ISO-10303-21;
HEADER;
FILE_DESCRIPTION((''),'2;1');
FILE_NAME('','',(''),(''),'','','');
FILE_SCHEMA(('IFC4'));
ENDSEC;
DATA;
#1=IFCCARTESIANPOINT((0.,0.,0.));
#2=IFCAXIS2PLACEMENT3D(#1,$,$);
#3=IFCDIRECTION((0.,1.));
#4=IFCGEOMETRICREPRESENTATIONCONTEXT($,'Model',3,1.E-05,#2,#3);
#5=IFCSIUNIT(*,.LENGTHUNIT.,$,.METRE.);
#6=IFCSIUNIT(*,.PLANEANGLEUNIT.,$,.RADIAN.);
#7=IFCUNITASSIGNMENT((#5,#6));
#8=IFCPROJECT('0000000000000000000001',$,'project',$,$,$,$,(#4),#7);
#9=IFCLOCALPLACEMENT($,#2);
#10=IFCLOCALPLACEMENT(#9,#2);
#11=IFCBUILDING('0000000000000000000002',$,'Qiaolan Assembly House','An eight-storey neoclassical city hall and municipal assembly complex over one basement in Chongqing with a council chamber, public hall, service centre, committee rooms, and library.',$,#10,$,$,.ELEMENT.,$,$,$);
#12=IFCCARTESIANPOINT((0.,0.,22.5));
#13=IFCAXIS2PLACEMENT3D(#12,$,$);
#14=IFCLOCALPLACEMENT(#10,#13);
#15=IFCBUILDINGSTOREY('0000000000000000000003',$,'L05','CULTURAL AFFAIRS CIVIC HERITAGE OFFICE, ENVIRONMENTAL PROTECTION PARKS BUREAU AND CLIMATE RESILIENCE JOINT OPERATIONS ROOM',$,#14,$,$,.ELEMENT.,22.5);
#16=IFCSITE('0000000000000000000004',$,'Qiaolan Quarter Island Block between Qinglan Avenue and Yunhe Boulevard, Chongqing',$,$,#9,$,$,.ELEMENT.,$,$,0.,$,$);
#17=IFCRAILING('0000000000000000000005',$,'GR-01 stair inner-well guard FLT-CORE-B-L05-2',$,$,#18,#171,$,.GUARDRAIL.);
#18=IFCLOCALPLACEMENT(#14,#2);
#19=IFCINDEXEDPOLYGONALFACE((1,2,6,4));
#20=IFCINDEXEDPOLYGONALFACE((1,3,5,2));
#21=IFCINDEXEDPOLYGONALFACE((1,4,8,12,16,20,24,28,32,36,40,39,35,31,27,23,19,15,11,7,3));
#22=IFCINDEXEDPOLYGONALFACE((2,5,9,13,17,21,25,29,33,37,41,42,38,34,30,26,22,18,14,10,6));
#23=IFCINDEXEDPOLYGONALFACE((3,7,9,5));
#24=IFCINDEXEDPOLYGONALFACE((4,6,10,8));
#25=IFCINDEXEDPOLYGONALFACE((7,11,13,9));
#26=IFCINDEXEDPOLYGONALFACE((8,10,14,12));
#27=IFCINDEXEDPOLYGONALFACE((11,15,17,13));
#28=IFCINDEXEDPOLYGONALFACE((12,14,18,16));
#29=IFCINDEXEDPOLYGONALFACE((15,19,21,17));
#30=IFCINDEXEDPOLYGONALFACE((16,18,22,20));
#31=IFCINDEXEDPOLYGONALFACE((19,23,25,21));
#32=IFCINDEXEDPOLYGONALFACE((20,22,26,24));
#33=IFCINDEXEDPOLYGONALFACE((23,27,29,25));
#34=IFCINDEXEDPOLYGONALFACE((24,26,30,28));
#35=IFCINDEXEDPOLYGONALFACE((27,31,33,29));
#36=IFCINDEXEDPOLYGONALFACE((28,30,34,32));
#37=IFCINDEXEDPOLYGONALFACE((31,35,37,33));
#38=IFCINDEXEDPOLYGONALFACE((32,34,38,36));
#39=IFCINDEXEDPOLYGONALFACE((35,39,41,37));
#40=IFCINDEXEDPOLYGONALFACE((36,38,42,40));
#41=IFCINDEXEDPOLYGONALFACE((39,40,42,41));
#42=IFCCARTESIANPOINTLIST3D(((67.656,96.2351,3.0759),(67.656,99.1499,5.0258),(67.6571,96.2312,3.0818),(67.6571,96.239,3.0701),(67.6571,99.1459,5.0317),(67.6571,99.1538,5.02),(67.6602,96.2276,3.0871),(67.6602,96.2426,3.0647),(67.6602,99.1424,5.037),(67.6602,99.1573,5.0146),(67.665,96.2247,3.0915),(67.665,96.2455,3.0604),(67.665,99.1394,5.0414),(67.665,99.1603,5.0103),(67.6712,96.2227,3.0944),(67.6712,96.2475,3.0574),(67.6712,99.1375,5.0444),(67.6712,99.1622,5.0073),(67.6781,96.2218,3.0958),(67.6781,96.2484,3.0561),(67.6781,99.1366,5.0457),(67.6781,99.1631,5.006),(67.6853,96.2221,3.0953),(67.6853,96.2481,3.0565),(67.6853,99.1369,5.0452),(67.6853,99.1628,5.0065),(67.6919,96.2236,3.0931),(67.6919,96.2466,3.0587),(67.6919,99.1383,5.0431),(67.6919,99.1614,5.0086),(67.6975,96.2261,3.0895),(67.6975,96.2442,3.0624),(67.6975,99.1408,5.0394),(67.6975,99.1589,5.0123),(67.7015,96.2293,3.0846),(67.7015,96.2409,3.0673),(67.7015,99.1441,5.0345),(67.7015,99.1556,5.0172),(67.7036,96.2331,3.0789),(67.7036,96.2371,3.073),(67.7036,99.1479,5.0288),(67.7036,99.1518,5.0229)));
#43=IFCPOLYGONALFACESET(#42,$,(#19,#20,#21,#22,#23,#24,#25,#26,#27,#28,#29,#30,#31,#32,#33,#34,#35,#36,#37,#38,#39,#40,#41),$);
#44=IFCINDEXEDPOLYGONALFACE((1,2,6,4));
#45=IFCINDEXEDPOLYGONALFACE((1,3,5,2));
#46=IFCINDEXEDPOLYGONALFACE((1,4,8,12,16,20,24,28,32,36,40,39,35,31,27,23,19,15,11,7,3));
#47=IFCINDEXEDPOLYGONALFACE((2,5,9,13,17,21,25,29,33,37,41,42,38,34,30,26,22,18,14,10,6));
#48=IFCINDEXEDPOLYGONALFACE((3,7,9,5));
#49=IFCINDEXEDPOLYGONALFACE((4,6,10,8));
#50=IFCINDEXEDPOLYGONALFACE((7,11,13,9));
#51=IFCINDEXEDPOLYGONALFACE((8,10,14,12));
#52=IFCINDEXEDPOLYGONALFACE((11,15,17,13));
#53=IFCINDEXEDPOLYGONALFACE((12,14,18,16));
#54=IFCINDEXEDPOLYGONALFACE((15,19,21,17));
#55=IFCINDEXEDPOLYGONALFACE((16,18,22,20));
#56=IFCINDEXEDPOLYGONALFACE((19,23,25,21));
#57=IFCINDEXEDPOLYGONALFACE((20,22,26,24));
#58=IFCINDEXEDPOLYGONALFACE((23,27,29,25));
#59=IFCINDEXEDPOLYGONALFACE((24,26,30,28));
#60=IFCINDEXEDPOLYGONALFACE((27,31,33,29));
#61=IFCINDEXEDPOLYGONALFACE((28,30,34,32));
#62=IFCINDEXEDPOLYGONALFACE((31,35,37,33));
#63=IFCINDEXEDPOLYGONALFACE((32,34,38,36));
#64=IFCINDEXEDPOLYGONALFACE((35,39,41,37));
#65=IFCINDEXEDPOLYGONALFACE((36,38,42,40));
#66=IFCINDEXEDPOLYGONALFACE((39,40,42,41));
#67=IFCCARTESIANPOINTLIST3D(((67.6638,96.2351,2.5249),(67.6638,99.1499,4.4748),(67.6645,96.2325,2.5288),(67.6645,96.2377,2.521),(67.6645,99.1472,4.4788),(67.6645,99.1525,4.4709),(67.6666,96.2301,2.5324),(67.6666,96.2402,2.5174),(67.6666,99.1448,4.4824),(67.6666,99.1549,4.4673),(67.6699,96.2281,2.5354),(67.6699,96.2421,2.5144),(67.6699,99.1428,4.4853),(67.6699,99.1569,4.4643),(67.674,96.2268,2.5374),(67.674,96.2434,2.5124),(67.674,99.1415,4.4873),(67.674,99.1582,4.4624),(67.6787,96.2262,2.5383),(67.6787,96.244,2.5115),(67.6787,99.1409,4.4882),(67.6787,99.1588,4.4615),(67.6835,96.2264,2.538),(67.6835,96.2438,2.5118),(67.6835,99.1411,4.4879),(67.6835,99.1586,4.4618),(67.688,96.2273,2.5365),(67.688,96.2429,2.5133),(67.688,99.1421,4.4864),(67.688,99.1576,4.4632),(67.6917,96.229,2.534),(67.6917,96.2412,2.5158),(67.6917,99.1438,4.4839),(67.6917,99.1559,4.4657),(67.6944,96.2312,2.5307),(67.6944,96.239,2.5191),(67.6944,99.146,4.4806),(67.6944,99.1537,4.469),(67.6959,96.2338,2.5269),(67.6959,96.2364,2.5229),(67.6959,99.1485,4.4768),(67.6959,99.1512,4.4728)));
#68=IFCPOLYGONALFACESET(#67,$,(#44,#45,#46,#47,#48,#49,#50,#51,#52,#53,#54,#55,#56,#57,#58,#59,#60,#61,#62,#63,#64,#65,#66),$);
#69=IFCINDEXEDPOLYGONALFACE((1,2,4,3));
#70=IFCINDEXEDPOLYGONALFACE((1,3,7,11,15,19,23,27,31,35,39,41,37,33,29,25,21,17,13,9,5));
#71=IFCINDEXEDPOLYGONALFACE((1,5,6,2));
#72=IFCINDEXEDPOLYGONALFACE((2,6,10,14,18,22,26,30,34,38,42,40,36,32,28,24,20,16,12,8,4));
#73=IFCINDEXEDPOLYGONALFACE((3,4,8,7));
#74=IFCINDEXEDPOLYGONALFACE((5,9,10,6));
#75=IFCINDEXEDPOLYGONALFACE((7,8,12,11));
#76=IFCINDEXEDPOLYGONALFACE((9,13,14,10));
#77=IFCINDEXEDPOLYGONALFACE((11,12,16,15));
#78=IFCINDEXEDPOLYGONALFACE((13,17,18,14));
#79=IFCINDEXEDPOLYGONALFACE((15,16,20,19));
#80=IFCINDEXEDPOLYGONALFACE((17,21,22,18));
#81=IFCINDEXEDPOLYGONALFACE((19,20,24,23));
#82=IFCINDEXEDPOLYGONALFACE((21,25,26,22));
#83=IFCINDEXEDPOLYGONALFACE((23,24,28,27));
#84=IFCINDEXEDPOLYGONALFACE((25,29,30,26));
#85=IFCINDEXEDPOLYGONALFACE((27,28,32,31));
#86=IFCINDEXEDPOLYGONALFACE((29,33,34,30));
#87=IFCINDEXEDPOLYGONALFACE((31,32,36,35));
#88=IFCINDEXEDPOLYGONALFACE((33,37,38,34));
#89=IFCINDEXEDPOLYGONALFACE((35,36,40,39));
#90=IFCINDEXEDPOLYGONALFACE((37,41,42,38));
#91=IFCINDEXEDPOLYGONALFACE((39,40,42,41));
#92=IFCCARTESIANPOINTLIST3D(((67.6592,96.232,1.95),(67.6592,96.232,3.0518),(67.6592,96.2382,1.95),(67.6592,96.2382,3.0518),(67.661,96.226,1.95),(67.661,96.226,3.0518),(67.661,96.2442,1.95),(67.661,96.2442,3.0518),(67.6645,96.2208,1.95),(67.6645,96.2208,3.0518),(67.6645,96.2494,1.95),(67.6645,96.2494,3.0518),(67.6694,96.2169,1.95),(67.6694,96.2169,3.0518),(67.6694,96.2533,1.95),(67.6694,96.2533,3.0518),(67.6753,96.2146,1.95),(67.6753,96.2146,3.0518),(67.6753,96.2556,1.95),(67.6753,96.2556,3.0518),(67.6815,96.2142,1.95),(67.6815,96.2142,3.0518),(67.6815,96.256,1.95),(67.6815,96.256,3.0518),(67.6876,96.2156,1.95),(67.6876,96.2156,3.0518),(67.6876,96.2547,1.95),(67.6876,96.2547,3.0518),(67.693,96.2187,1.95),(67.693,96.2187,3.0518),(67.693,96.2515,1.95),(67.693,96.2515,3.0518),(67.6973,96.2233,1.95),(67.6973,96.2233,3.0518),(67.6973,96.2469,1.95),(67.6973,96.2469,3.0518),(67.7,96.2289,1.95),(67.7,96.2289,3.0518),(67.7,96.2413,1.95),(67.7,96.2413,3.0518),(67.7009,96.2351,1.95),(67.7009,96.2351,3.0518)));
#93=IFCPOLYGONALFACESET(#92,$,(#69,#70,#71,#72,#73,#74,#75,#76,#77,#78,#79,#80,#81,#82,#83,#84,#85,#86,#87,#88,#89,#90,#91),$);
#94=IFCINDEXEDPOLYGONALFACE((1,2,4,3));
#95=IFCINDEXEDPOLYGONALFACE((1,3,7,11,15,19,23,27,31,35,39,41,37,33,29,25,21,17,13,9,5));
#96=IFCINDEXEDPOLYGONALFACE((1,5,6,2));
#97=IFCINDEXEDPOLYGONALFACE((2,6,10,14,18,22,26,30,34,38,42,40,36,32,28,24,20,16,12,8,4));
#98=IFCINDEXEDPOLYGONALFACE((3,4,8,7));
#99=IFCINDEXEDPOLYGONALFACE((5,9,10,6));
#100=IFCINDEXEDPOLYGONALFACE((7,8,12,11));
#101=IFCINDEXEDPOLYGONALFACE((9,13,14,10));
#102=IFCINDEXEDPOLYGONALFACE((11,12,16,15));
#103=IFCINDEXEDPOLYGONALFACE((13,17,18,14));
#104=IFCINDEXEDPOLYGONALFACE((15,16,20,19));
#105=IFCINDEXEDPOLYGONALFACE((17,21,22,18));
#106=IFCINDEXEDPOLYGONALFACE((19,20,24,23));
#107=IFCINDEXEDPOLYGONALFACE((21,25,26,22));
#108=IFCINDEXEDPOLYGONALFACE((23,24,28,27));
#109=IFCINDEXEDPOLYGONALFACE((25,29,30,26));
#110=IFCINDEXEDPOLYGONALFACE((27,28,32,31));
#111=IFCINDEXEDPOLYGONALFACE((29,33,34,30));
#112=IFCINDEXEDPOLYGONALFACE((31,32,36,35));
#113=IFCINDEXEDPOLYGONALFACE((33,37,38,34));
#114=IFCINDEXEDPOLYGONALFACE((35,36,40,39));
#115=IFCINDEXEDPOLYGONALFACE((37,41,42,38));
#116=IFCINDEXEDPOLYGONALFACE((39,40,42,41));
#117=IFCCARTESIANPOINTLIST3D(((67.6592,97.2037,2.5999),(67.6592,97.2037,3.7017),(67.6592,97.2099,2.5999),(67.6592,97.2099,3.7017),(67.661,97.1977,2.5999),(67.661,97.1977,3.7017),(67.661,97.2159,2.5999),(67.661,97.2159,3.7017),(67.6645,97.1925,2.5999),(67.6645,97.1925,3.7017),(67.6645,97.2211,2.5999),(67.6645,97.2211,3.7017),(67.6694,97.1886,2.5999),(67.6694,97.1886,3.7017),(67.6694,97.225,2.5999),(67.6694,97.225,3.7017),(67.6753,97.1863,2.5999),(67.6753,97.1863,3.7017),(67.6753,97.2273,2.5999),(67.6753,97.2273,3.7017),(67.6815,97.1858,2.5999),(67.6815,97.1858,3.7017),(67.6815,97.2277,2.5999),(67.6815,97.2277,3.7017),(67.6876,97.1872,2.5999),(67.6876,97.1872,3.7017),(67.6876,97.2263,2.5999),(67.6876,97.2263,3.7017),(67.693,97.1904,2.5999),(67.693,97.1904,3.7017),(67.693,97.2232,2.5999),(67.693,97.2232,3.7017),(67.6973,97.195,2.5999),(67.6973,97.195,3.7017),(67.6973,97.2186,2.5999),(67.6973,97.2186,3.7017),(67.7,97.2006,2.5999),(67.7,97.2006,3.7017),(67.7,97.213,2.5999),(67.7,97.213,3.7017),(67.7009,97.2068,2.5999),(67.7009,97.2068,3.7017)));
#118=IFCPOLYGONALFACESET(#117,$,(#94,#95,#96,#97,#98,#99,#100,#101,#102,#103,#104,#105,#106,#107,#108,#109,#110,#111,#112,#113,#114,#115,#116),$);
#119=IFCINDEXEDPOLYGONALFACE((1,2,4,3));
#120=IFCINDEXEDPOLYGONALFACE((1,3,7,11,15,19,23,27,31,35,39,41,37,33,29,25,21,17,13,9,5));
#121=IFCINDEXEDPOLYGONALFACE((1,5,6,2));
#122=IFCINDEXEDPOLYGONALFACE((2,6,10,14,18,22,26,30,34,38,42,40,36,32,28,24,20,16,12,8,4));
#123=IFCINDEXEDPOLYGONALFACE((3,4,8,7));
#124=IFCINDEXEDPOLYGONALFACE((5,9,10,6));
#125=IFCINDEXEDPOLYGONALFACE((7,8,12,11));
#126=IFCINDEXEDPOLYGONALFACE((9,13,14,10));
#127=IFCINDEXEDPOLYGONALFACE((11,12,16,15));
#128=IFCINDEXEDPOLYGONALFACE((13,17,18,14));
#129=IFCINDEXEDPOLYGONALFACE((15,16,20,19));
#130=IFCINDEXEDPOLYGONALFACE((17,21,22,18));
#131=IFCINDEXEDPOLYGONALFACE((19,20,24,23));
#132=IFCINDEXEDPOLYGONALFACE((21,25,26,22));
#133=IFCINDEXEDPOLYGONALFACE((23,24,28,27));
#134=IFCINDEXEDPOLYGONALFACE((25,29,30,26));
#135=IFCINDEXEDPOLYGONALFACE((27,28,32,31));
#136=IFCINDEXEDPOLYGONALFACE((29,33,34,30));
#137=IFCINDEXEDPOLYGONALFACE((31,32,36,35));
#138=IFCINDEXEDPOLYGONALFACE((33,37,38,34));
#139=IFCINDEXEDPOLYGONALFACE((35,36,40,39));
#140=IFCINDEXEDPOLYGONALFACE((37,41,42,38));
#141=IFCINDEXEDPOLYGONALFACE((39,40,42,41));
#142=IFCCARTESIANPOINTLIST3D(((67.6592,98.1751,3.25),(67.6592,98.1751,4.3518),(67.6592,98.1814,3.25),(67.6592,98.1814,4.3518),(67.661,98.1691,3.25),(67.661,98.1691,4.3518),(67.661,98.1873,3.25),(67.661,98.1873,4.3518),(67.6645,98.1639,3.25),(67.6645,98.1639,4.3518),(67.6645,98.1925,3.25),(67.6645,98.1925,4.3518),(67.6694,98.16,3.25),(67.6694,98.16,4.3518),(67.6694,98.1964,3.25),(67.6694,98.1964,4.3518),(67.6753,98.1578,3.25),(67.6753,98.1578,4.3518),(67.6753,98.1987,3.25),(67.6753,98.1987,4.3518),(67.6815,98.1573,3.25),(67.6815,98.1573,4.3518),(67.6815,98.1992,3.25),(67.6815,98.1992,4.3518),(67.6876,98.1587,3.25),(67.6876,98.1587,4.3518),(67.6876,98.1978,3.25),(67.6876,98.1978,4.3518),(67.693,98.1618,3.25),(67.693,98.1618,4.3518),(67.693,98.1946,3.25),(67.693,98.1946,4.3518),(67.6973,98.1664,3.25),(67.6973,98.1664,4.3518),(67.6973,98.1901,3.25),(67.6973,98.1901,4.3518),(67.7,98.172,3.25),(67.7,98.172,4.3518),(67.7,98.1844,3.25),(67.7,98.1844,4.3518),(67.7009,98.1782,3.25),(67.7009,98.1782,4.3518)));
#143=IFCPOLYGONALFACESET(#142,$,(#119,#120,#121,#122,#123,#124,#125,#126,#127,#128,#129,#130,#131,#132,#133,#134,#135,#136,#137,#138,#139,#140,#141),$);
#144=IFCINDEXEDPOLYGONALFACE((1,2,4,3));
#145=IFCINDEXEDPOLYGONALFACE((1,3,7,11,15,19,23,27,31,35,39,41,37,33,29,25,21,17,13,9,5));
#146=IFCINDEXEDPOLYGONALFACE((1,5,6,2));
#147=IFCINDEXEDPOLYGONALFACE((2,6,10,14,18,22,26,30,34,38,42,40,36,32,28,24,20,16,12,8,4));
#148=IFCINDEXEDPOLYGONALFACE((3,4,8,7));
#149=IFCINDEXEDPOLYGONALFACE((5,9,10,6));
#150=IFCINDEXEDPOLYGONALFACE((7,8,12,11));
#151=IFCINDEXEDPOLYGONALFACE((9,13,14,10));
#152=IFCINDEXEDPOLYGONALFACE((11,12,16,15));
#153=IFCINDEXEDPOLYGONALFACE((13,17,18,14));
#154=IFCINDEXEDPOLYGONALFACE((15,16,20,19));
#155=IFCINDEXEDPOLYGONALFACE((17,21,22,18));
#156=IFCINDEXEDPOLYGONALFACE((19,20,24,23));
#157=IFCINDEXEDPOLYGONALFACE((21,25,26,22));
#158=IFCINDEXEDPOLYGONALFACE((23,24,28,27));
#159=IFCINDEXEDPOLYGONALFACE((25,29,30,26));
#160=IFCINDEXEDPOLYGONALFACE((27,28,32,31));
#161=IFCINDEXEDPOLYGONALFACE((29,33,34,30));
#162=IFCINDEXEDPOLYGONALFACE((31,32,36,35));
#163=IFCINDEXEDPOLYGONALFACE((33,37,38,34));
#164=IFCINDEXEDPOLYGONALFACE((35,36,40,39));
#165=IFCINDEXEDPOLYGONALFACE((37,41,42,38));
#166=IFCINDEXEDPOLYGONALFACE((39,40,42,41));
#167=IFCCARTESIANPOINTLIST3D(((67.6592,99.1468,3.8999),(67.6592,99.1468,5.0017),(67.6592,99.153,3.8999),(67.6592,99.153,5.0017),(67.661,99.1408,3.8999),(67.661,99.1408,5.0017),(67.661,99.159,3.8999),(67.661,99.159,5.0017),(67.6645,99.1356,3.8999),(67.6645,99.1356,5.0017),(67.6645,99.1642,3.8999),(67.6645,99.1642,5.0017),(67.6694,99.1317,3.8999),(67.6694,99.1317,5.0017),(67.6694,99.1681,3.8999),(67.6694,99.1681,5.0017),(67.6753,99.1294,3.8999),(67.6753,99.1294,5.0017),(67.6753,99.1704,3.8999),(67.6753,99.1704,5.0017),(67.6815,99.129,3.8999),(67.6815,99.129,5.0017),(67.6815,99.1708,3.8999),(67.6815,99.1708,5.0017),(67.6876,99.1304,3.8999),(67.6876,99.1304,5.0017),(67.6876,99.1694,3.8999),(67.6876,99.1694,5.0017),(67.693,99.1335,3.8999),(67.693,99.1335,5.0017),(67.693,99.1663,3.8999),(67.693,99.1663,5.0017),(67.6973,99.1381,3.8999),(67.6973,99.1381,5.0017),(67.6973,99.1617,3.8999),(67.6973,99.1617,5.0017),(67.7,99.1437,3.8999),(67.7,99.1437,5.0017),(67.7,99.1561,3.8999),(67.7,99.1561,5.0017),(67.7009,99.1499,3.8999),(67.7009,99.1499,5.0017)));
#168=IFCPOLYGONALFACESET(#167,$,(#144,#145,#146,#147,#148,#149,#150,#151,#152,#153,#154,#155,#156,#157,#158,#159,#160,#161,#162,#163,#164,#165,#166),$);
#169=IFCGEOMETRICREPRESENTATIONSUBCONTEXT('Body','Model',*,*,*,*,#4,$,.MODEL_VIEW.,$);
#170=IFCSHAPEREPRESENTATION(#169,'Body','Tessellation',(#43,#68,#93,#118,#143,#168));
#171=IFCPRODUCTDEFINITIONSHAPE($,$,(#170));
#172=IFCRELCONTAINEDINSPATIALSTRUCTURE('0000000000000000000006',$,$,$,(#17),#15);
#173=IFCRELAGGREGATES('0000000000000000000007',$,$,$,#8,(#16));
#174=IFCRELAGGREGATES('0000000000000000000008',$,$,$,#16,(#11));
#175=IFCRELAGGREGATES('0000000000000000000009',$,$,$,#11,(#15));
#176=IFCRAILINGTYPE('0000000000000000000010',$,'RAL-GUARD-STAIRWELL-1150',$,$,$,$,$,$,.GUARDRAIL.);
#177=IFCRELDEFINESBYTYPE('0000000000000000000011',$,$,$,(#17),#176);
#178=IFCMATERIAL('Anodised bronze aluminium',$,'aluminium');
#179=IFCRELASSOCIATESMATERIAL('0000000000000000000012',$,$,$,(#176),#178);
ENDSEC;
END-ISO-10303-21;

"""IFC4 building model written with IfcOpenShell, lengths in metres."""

from ifc_helpers import new_model, si_unit, direction, frame, origin, origin_2d, place, context, subcontext, project, spatial, circle, extrude, material, type_object, element, save


model = new_model("IFC4")

# Units and contexts
model_context = context("Model", 3, precision=1e-05, world=origin(), true_north=direction((0.0, 1.0)))
body_context = subcontext(model_context, "Body", "Model", "MODEL_VIEW")
ifc_project = project(units=[si_unit("LENGTHUNIT", "METRE"), si_unit("PLANEANGLEUNIT", "RADIAN")], contexts=[model_context])

# Site, building, storey
site_placement = place(None, origin())
site = spatial("IfcSite", under=ifc_project, at=site_placement, Name="Qiaolan Quarter Island Block between Qinglan Avenue and Yunhe Boulevard, Chongqing", CompositionType="ELEMENT", RefElevation=0.0)
building_placement = place(site_placement, origin())
building = spatial("IfcBuilding", under=site, at=building_placement, Name="Qiaolan Assembly House", Description="An eight-storey neoclassical city hall and municipal assembly complex over one basement in Chongqing with a council chamber, public hall, service centre, committee rooms, and library.", CompositionType="ELEMENT")
storey_placement = place(building_placement, frame((0.0, 0.0, 22.5)))
storey = spatial("IfcBuildingStorey", under=building, at=storey_placement, Name="L05", Description="CULTURAL AFFAIRS CIVIC HERITAGE OFFICE, ENVIRONMENTAL PROTECTION PARKS BUREAU AND CLIMATE RESILIENCE JOINT OPERATIONS ROOM", CompositionType="ELEMENT", Elevation=22.5)

# Shared definitions
ifc_material_1 = material(Name="Anodised bronze aluminium", Category="aluminium")

# Railing
railing_type_1 = type_object("IfcRailingType", Name="RAL-GUARD-STAIRWELL-1150", PredefinedType="GUARDRAIL", material=ifc_material_1)
railing_1_placement = place(storey_placement, frame((67.6799, 96.2351, 1.95)))
element("IfcRailing", 1, at=railing_1_placement, inside=storey, type_object=railing_type_1, Name="GR-01 stair inner-well guard FLT-CORE-B-L05-2", PredefinedType="GUARDRAIL", context=body_context, shape_type="SweptSolid", body=[
    extrude(circle(Radius=0.0239, at=origin_2d()), frame((0.0, 0.0, 1.126), z_axis=(0.0, 0.83116, 0.556033), x_axis=(-1.0, 0.0, 0.0)), (0.0, 0.0, 1.0), 3.5068),
    extrude(circle(Radius=0.0161, at=origin_2d()), frame((0.0, 0.0, 0.575), z_axis=(0.0, 0.83116, 0.556033), x_axis=(-1.0, 0.0, 0.0)), (0.0, 0.0, 1.0), 3.5068),
    extrude(circle(Radius=0.021, at=origin_2d()), origin(), (0.0, 0.0, 1.0), 1.1018),
    extrude(circle(Radius=0.021, at=origin_2d()), frame((0.0, 0.9717, 0.6499)), (0.0, 0.0, 1.0), 1.1018),
    extrude(circle(Radius=0.021, at=origin_2d()), frame((0.0, 1.9431, 1.3)), (0.0, 0.0, 1.0), 1.1018),
    extrude(circle(Radius=0.021, at=origin_2d()), frame((0.0, 2.9148, 1.95)), (0.0, 0.0, 1.0), 1.1018),
])

save(model, "model.ifc")
